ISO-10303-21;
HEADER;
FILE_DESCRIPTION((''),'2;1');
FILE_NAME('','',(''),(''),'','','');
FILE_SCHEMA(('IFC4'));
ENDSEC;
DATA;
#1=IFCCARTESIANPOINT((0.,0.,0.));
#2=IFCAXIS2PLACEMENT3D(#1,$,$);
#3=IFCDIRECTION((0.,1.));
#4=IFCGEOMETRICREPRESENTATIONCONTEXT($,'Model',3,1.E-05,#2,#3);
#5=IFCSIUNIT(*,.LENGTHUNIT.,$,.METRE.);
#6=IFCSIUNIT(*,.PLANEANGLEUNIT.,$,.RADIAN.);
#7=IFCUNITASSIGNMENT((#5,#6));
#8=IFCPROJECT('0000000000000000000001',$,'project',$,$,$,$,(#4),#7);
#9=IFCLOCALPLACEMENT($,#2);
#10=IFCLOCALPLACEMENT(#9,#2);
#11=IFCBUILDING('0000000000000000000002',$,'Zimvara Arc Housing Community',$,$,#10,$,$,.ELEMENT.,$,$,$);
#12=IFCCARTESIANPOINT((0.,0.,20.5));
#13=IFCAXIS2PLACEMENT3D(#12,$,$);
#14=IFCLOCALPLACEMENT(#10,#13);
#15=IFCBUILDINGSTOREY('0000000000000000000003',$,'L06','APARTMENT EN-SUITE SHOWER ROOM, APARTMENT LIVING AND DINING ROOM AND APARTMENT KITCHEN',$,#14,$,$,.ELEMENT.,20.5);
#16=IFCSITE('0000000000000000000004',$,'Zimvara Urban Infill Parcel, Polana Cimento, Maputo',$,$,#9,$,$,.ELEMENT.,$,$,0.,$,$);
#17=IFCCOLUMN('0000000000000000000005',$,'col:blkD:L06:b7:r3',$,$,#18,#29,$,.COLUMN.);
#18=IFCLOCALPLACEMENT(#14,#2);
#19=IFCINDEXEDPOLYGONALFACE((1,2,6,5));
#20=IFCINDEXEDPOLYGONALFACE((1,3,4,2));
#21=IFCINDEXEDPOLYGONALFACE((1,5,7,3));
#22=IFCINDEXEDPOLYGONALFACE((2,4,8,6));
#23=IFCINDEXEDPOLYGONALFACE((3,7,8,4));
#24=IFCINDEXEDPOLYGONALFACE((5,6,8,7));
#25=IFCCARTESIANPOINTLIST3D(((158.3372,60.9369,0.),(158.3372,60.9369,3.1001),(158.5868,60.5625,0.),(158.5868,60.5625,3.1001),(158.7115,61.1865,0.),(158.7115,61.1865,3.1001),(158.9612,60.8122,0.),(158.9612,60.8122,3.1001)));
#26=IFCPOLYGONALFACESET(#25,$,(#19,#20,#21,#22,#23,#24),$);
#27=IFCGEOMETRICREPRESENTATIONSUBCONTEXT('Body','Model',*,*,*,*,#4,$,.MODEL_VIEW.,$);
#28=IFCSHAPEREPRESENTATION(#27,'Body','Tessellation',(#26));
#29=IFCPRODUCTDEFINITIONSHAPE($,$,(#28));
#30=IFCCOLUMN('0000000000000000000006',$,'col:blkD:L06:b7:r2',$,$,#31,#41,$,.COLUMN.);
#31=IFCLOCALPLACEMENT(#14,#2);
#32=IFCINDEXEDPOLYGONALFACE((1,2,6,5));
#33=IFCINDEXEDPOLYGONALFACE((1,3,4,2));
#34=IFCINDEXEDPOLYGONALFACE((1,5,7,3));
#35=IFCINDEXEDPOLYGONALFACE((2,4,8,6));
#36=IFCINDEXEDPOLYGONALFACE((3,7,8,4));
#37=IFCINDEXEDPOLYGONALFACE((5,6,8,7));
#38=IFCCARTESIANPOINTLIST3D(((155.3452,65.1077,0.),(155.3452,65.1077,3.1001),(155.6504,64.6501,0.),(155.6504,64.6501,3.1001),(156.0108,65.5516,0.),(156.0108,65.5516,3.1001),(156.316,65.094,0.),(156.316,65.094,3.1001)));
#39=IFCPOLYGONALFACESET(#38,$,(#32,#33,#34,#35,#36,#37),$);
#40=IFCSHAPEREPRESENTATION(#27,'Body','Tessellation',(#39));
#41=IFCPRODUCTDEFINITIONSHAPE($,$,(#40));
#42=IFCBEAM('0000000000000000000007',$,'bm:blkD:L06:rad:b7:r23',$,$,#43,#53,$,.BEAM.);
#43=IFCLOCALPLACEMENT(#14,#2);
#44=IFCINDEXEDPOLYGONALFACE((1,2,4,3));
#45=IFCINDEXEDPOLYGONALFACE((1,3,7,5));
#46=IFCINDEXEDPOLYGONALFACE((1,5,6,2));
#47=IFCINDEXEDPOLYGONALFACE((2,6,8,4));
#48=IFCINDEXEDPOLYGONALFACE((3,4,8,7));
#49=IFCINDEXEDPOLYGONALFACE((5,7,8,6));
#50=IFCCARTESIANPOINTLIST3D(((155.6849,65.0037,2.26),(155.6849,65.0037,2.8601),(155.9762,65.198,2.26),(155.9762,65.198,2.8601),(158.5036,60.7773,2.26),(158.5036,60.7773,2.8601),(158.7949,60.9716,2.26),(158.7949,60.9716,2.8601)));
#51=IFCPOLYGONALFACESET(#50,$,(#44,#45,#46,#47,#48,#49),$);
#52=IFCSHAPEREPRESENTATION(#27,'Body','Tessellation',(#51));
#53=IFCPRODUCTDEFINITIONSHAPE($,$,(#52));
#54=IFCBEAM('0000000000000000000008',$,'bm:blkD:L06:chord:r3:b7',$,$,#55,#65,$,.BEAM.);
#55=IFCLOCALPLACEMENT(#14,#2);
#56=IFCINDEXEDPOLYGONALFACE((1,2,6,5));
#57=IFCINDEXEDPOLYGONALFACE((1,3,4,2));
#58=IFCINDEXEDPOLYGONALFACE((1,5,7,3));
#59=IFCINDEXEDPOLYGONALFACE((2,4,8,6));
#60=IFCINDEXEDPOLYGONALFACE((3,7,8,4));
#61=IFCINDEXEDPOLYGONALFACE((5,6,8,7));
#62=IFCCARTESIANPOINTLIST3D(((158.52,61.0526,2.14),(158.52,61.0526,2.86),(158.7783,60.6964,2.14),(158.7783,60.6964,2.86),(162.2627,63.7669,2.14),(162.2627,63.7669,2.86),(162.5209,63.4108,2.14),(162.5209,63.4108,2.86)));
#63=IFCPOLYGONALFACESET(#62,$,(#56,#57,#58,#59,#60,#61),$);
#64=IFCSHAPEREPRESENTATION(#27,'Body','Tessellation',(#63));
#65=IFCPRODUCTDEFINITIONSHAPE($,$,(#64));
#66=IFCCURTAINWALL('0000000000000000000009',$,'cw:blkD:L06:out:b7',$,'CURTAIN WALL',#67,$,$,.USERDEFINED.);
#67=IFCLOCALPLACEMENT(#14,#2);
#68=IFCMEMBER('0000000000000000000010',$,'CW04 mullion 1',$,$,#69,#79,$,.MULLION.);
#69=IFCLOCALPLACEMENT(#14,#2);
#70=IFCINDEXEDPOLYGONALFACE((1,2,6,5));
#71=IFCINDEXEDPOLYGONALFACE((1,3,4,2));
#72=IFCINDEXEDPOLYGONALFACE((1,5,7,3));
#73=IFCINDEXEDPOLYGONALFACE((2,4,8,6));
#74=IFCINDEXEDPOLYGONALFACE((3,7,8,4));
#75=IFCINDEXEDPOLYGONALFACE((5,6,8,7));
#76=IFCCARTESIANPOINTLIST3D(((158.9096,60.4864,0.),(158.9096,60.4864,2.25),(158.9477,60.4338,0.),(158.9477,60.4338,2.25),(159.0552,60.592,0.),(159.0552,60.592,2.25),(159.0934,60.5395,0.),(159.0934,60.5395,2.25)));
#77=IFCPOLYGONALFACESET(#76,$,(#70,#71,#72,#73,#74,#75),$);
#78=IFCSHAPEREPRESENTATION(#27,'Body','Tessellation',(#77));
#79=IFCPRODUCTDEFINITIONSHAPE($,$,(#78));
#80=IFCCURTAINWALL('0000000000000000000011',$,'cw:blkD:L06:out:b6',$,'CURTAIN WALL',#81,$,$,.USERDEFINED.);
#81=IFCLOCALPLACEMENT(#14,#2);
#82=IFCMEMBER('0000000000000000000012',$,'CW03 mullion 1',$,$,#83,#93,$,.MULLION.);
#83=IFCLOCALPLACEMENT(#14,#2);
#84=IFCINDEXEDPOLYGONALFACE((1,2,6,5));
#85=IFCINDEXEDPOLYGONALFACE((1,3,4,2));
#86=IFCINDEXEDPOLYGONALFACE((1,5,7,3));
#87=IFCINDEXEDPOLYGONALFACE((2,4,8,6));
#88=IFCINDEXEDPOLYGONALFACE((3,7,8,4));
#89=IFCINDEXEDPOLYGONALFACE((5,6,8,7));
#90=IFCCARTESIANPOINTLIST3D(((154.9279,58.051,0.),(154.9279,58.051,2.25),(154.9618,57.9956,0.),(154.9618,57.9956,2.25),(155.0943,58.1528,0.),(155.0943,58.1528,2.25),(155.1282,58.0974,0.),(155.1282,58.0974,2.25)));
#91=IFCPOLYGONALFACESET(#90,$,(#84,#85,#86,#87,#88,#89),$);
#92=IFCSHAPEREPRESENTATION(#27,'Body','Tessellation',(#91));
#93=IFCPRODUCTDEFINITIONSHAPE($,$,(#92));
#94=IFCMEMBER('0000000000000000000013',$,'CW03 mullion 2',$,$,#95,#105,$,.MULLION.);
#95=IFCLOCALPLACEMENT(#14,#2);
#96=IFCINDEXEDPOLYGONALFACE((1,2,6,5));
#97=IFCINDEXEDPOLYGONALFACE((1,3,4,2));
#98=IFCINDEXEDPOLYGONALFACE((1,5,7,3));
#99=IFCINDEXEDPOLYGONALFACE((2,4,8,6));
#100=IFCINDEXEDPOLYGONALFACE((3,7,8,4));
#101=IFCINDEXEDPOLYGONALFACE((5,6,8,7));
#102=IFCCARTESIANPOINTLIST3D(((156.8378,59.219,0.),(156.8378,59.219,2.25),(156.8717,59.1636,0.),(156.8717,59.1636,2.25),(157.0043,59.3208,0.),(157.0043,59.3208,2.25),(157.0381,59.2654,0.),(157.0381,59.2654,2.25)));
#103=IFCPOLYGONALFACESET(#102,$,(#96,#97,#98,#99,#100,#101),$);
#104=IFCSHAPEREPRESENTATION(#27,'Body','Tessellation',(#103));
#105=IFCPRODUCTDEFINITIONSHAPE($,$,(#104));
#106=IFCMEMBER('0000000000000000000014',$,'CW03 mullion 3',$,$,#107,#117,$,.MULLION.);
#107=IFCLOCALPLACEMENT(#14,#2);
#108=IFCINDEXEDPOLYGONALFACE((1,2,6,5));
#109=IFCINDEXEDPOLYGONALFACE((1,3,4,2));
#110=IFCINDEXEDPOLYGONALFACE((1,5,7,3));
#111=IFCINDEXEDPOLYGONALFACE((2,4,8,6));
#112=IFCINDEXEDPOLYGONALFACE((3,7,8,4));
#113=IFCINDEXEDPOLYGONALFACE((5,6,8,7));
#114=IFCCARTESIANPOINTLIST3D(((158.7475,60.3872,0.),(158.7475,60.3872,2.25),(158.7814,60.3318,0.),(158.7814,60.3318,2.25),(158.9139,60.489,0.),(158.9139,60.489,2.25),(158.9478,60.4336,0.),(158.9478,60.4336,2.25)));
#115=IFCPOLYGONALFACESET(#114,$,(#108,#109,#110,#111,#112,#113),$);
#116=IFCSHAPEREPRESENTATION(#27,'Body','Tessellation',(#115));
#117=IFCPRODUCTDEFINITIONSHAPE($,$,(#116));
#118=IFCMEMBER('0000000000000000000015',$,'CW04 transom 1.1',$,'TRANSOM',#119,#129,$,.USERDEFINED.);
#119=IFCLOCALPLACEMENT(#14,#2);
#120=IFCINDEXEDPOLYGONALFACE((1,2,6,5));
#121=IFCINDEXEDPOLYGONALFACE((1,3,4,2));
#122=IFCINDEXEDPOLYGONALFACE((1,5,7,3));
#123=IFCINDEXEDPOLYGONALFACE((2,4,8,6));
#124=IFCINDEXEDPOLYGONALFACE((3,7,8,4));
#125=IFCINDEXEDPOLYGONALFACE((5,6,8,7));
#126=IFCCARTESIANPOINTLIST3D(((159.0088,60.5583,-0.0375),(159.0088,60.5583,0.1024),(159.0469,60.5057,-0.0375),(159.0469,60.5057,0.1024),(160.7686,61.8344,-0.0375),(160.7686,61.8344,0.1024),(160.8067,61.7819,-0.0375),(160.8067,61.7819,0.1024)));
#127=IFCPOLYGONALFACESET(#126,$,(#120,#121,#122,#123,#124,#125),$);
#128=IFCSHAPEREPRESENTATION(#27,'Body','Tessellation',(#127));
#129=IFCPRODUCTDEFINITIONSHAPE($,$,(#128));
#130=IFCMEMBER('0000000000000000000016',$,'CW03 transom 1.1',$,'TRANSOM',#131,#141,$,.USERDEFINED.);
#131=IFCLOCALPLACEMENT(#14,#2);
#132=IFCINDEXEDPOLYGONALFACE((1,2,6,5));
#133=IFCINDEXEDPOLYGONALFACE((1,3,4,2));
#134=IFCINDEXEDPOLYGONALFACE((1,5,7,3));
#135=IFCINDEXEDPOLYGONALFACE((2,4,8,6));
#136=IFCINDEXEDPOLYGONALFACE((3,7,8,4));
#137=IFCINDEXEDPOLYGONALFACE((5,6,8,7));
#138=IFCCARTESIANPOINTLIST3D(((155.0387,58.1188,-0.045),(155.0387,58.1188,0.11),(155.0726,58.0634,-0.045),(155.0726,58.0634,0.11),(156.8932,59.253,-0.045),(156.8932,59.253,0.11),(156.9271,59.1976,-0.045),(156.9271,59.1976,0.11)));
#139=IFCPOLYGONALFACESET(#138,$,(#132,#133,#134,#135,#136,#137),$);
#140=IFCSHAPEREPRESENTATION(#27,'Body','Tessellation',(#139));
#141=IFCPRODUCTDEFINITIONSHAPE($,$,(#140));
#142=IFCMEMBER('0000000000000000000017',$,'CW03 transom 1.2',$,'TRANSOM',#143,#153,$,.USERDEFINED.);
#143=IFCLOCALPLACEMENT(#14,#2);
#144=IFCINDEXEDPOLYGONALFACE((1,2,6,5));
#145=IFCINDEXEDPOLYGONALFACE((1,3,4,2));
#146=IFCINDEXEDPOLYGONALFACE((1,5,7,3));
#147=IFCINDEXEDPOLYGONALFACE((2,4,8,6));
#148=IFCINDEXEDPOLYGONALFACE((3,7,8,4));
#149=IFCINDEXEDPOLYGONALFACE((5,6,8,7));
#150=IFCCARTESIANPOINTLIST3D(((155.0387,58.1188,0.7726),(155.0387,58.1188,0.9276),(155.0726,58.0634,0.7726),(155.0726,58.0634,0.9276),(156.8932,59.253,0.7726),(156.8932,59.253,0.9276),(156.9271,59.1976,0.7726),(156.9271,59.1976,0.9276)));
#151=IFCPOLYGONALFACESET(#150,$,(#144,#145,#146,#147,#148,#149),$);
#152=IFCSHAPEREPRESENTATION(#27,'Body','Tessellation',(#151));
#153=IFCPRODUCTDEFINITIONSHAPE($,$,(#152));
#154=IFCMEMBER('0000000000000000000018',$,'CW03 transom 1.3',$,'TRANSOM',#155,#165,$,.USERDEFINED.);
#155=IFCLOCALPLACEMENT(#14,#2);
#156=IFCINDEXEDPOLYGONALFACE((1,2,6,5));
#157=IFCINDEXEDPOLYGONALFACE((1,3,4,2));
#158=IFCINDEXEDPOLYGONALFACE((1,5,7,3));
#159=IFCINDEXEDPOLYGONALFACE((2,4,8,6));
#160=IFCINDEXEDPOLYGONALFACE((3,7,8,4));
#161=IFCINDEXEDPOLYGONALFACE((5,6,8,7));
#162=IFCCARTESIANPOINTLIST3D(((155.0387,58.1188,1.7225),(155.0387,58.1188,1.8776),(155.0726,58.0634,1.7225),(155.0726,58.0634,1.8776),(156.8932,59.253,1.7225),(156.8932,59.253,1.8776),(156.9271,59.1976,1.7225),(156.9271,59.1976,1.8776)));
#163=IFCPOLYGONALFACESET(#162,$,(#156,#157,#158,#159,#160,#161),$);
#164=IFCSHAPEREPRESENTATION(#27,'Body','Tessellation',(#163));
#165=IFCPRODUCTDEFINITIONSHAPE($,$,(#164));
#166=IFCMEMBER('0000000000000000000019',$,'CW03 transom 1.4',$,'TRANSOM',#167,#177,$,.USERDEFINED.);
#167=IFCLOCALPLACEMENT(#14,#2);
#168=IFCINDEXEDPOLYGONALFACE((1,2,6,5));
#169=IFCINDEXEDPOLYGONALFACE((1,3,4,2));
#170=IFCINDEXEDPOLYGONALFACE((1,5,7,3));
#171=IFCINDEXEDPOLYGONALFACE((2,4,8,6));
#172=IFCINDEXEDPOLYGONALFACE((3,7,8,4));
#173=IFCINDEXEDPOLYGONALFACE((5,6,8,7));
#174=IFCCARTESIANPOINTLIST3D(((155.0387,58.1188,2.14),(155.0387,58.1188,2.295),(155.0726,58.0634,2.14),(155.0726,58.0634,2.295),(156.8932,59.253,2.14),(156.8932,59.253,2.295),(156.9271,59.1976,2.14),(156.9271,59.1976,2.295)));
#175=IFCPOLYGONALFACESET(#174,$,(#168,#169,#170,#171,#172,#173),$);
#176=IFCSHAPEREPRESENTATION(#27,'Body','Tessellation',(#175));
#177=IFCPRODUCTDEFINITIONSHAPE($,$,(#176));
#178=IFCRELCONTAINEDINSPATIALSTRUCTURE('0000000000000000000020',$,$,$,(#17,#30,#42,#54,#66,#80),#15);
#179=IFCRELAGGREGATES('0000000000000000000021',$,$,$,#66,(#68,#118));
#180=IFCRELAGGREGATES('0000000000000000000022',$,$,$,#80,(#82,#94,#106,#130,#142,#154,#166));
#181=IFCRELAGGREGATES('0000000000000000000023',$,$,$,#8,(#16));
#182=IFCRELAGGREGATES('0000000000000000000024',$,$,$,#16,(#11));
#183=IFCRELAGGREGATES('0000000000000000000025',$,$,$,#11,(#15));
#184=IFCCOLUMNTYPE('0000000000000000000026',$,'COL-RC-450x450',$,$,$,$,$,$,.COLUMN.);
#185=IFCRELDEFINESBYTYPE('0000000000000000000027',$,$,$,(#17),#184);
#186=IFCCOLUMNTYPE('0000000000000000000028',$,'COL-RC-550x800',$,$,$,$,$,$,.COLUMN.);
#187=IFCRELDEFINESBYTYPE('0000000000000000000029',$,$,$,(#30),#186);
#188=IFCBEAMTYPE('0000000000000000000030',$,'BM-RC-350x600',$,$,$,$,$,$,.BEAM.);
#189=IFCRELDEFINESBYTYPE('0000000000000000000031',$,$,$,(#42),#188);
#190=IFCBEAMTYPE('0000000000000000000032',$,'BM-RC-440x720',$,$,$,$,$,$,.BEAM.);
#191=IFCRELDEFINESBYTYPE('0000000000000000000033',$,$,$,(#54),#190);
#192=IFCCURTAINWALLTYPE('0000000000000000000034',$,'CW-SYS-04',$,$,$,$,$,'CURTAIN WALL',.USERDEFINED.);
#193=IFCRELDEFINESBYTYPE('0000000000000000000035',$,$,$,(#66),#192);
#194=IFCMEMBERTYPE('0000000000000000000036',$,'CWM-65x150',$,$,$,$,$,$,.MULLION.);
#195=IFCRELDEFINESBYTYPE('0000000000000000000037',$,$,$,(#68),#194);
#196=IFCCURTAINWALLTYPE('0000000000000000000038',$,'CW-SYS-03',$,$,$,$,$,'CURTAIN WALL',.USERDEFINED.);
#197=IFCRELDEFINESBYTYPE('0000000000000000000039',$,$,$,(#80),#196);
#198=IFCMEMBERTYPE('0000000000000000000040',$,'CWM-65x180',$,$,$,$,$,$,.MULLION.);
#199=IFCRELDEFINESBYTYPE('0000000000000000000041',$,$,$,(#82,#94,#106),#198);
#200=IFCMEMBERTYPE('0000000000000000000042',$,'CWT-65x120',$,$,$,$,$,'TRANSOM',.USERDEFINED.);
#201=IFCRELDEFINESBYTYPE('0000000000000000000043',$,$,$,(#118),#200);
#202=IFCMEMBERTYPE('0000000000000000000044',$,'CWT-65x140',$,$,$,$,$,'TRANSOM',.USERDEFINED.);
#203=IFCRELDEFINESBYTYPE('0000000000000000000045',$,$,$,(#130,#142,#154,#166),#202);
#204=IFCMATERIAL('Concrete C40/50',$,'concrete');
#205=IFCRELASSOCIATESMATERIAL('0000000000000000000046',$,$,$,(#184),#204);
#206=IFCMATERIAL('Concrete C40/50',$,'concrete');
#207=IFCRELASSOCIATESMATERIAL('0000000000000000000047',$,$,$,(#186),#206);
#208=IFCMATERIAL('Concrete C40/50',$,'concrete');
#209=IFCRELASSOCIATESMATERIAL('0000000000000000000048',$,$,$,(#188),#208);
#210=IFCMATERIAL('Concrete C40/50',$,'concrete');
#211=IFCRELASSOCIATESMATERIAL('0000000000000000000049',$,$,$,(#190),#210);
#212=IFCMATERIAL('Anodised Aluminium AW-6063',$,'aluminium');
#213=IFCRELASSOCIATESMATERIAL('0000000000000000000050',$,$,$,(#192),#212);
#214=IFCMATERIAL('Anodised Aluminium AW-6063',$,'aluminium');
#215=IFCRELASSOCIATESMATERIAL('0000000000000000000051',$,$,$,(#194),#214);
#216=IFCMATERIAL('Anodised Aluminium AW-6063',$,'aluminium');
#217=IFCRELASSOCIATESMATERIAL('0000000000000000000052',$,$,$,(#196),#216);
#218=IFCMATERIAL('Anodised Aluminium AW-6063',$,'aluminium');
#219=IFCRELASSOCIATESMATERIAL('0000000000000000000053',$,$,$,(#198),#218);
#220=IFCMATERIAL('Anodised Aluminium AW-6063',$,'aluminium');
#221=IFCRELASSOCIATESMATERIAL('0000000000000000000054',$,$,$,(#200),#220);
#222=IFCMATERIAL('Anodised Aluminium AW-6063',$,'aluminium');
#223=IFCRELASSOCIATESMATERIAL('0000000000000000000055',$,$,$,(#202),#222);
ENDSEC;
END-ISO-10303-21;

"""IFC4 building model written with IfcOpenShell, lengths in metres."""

from ifc_helpers import new_model, si_unit, direction, frame, origin, origin_2d, place, context, subcontext, project, spatial, rectangle, extrude, material, material_profile, profile_set, type_object, element, aggregate, save


model = new_model("IFC4")

# Units and contexts
model_context = context("Model", 3, precision=1e-05, world=origin(), true_north=direction((0.0, 1.0)))
body_context = subcontext(model_context, "Body", "Model", "MODEL_VIEW")
ifc_project = project(units=[si_unit("LENGTHUNIT", "METRE"), si_unit("PLANEANGLEUNIT", "RADIAN")], contexts=[model_context])

# Site, building, storey
site_placement = place(None, origin())
site = spatial("IfcSite", under=ifc_project, at=site_placement, Name="Zimvara Urban Infill Parcel, Polana Cimento, Maputo", CompositionType="ELEMENT", RefElevation=0.0)
building_placement = place(site_placement, origin())
building = spatial("IfcBuilding", under=site, at=building_placement, Name="Zimvara Arc Housing Community", CompositionType="ELEMENT")
storey_placement = place(building_placement, frame((0.0, 0.0, 20.5)))
storey = spatial("IfcBuildingStorey", under=building, at=storey_placement, Name="L06", Description="APARTMENT EN-SUITE SHOWER ROOM, APARTMENT LIVING AND DINING ROOM AND APARTMENT KITCHEN", CompositionType="ELEMENT", Elevation=20.5)

# Columns
ifc_material_1 = material(Name="Concrete C40/50", Category="concrete")
ifc_material_profile_1 = material_profile(ifc_material_1, rectangle(XDim=0.45, YDim=0.45, at=origin_2d()), Name="RC 450x450")
ifc_profile_set_1 = profile_set([ifc_material_profile_1], Name="Concrete C40/50")
column_type_1 = type_object("IfcColumnType", Name="COL-RC-450x450", PredefinedType="COLUMN", material=ifc_profile_set_1)
column_1_placement = place(storey_placement, frame((158.6492, 60.8745, 0.0), z_axis=(0.0, 0.0, 1.0), x_axis=(0.554844, -0.831954, 0.0)))
element("IfcColumn", 1, at=column_1_placement, inside=storey, type_object=column_type_1, Name="col:blkD:L06:b7:r3", PredefinedType="COLUMN", context=body_context, shape_type="SweptSolid", body=[
    extrude(rectangle(XDim=0.45, YDim=0.45, at=origin_2d()), origin(), (0.0, 0.0, 1.0), 3.1001),
])
ifc_material_2 = material(Name="Concrete C40/50", Category="concrete")
ifc_material_profile_2 = material_profile(ifc_material_2, rectangle(XDim=0.55, YDim=0.8, at=origin_2d()), Name="RC 550x800")
ifc_profile_set_2 = profile_set([ifc_material_profile_2], Name="Concrete C40/50")
column_type_2 = type_object("IfcColumnType", Name="COL-RC-550x800", PredefinedType="COLUMN", material=ifc_profile_set_2)
column_2_placement = place(storey_placement, frame((155.8306, 65.1008, 0.0), z_axis=(0.0, 0.0, 1.0), x_axis=(0.554844, -0.831954, 0.0)))
element("IfcColumn", 2, at=column_2_placement, inside=storey, type_object=column_type_2, Name="col:blkD:L06:b7:r2", PredefinedType="COLUMN", context=body_context, shape_type="SweptSolid", body=[
    extrude(rectangle(XDim=0.55, YDim=0.8, at=origin_2d()), origin(), (0.0, 0.0, 1.0), 3.1001),
])

# Beams
ifc_material_3 = material(Name="Concrete C40/50", Category="concrete")
ifc_material_profile_3 = material_profile(ifc_material_3, rectangle(XDim=0.3501, YDim=0.6001, at=origin_2d()), Name="RC 350x600")
ifc_profile_set_3 = profile_set([ifc_material_profile_3], Name="Concrete C40/50")
beam_type_1 = type_object("IfcBeamType", Name="BM-RC-350x600", PredefinedType="BEAM", material=ifc_profile_set_3)
beam_1_placement = place(storey_placement, frame((155.8306, 65.1008, 2.5601), z_axis=(0.554844, -0.831954, 0.0), x_axis=(0.831954, 0.554844, 0.0)))
element("IfcBeam", 3, at=beam_1_placement, inside=storey, type_object=beam_type_1, Name="bm:blkD:L06:rad:b7:r23", PredefinedType="BEAM", context=body_context, shape_type="SweptSolid", body=[
    extrude(rectangle(XDim=0.3501, YDim=0.6001, at=origin_2d()), origin(), (0.0, 0.0, 1.0), 5.0801),
])
ifc_material_4 = material(Name="Concrete C40/50", Category="concrete")
ifc_material_profile_4 = material_profile(ifc_material_4, rectangle(XDim=0.4399, YDim=0.72, at=origin_2d()), Name="RC 440x720")
ifc_profile_set_4 = profile_set([ifc_material_profile_4], Name="Concrete C40/50")
beam_type_2 = type_object("IfcBeamType", Name="BM-RC-440x720", PredefinedType="BEAM", material=ifc_profile_set_4)
beam_2_placement = place(storey_placement, frame((158.6492, 60.8745, 2.5), z_axis=(0.809516, 0.587097, 0.0), x_axis=(-0.587097, 0.809516, 0.0)))
element("IfcBeam", 4, at=beam_2_placement, inside=storey, type_object=beam_type_2, Name="bm:blkD:L06:chord:r3:b7", PredefinedType="BEAM", context=body_context, shape_type="SweptSolid", body=[
    extrude(rectangle(XDim=0.4399, YDim=0.72, at=origin_2d()), origin(), (0.0, 0.0, 1.0), 4.6233),
])

# Curtain wall, member
ifc_material_5 = material(Name="Anodised Aluminium AW-6063", Category="aluminium")
curtain_wall_type_1 = type_object("IfcCurtainWallType", Name="CW-SYS-04", ElementType="CURTAIN WALL", PredefinedType="USERDEFINED", material=ifc_material_5)
curtain_wall_1_placement = place(storey_placement, origin())
curtain_wall_1 = element("IfcCurtainWall", 5, at=curtain_wall_1_placement, inside=storey, type_object=curtain_wall_type_1, Name="cw:blkD:L06:out:b7", ObjectType="CURTAIN WALL", PredefinedType="USERDEFINED")
ifc_material_6 = material(Name="Anodised Aluminium AW-6063", Category="aluminium")
ifc_material_profile_5 = material_profile(ifc_material_6, rectangle(XDim=0.0649, YDim=0.1799, at=origin_2d()), Name="ALU 65x180")
ifc_profile_set_5 = profile_set([ifc_material_profile_5], Name="Anodised Aluminium AW-6063")
member_type_1 = type_object("IfcMemberType", Name="CWM-65x150", PredefinedType="MULLION", material=ifc_profile_set_5)
member_1_placement = place(storey_placement, frame((159.0015, 60.5129, 0.0), z_axis=(0.0, 0.0, 1.0), x_axis=(-0.587078, 0.80953, 0.0)))
member_1 = element("IfcMember", 6, at=member_1_placement, type_object=member_type_1, Name="CW04 mullion 1", PredefinedType="MULLION", context=body_context, shape_type="SweptSolid", body=[
    extrude(rectangle(XDim=0.0649, YDim=0.1799, at=origin_2d()), origin(), (0.0, 0.0, 1.0), 2.25),
])

# Curtain wall, members
ifc_material_7 = material(Name="Anodised Aluminium AW-6063", Category="aluminium")
curtain_wall_type_2 = type_object("IfcCurtainWallType", Name="CW-SYS-03", ElementType="CURTAIN WALL", PredefinedType="USERDEFINED", material=ifc_material_7)
curtain_wall_2_placement = place(storey_placement, origin())
curtain_wall_2 = element("IfcCurtainWall", 7, at=curtain_wall_2_placement, inside=storey, type_object=curtain_wall_type_2, Name="cw:blkD:L06:out:b6", ObjectType="CURTAIN WALL", PredefinedType="USERDEFINED")
ifc_material_8 = material(Name="Anodised Aluminium AW-6063", Category="aluminium")
ifc_material_profile_6 = material_profile(ifc_material_8, rectangle(XDim=0.0649, YDim=0.1951, at=origin_2d()), Name="ALU 65x195")
ifc_profile_set_6 = profile_set([ifc_material_profile_6], Name="Anodised Aluminium AW-6063")
member_type_2 = type_object("IfcMemberType", Name="CWM-65x180", PredefinedType="MULLION", material=ifc_profile_set_6)
member_2_placement = place(storey_placement, frame((155.0281, 58.0742, 0.0), z_axis=(0.0, 0.0, 1.0), x_axis=(-0.521754, 0.853096, 0.0)))
member_2 = element("IfcMember", 8, at=member_2_placement, type_object=member_type_2, Name="CW03 mullion 1", PredefinedType="MULLION", context=body_context, shape_type="SweptSolid", body=[
    extrude(rectangle(XDim=0.0649, YDim=0.1951, at=origin_2d()), origin(), (0.0, 0.0, 1.0), 2.25),
])
member_3_placement = place(storey_placement, frame((156.938, 59.2422, 0.0), z_axis=(0.0, 0.0, 1.0), x_axis=(-0.521754, 0.853096, 0.0)))
member_3 = element("IfcMember", 9, at=member_3_placement, type_object=member_type_2, Name="CW03 mullion 2", PredefinedType="MULLION", context=body_context, shape_type="SweptSolid", body=[
    extrude(rectangle(XDim=0.0649, YDim=0.1951, at=origin_2d()), origin(), (0.0, 0.0, 1.0), 2.25),
])
member_4_placement = place(storey_placement, frame((158.8477, 60.4104, 0.0), z_axis=(0.0, 0.0, 1.0), x_axis=(-0.521754, 0.853096, 0.0)))
member_4 = element("IfcMember", 10, at=member_4_placement, type_object=member_type_2, Name="CW03 mullion 3", PredefinedType="MULLION", context=body_context, shape_type="SweptSolid", body=[
    extrude(rectangle(XDim=0.0649, YDim=0.1951, at=origin_2d()), origin(), (0.0, 0.0, 1.0), 2.25),
])

# Members
ifc_material_9 = material(Name="Anodised Aluminium AW-6063", Category="aluminium")
ifc_material_profile_7 = material_profile(ifc_material_9, rectangle(XDim=0.0649, YDim=0.1399, at=origin_2d()), Name="ALU 65x140")
ifc_profile_set_7 = profile_set([ifc_material_profile_7], Name="Anodised Aluminium AW-6063")
member_type_3 = type_object("IfcMemberType", Name="CWT-65x120", ElementType="TRANSOM", PredefinedType="USERDEFINED", material=ifc_profile_set_7)
member_5_placement = place(storey_placement, frame((159.0278, 60.532, 0.0325), z_axis=(0.809546, 0.587056, 0.0), x_axis=(-0.587056, 0.809546, 0.0)))
member_5 = element("IfcMember", 11, at=member_5_placement, type_object=member_type_3, Name="CW04 transom 1.1", ObjectType="TRANSOM", PredefinedType="USERDEFINED", context=body_context, shape_type="SweptSolid", body=[
    extrude(rectangle(XDim=0.0649, YDim=0.1399, at=origin_2d()), origin(), (0.0, 0.0, 1.0), 2.1738),
])
aggregate(curtain_wall_1, [member_1, member_5])
ifc_material_10 = material(Name="Anodised Aluminium AW-6063", Category="aluminium")
ifc_material_profile_8 = material_profile(ifc_material_10, rectangle(XDim=0.0649, YDim=0.155, at=origin_2d()), Name="ALU 65x155")
ifc_profile_set_8 = profile_set([ifc_material_profile_8], Name="Anodised Aluminium AW-6063")
member_type_4 = type_object("IfcMemberType", Name="CWT-65x140", ElementType="TRANSOM", PredefinedType="USERDEFINED", material=ifc_profile_set_8)
member_6_placement = place(storey_placement, frame((155.0557, 58.0911, 0.0325), z_axis=(0.853082, 0.521777, 0.0), x_axis=(-0.521777, 0.853082, 0.0)))
member_6 = element("IfcMember", 12, at=member_6_placement, type_object=member_type_4, Name="CW03 transom 1.1", ObjectType="TRANSOM", PredefinedType="USERDEFINED", context=body_context, shape_type="SweptSolid", body=[
    extrude(rectangle(XDim=0.0649, YDim=0.155, at=origin_2d()), origin(), (0.0, 0.0, 1.0), 2.1738),
])
member_7_placement = place(storey_placement, frame((155.0557, 58.0911, 0.8501), z_axis=(0.853082, 0.521777, 0.0), x_axis=(-0.521777, 0.853082, 0.0)))
member_7 = element("IfcMember", 13, at=member_7_placement, type_object=member_type_4, Name="CW03 transom 1.2", ObjectType="TRANSOM", PredefinedType="USERDEFINED", context=body_context, shape_type="SweptSolid", body=[
    extrude(rectangle(XDim=0.0649, YDim=0.155, at=origin_2d()), origin(), (0.0, 0.0, 1.0), 2.1738),
])
member_8_placement = place(storey_placement, frame((155.0557, 58.0911, 1.8), z_axis=(0.853082, 0.521777, 0.0), x_axis=(-0.521777, 0.853082, 0.0)))
member_8 = element("IfcMember", 14, at=member_8_placement, type_object=member_type_4, Name="CW03 transom 1.3", ObjectType="TRANSOM", PredefinedType="USERDEFINED", context=body_context, shape_type="SweptSolid", body=[
    extrude(rectangle(XDim=0.0649, YDim=0.155, at=origin_2d()), origin(), (0.0, 0.0, 1.0), 2.1738),
])
member_9_placement = place(storey_placement, frame((155.0557, 58.0911, 2.2175), z_axis=(0.853082, 0.521777, 0.0), x_axis=(-0.521777, 0.853082, 0.0)))
member_9 = element("IfcMember", 15, at=member_9_placement, type_object=member_type_4, Name="CW03 transom 1.4", ObjectType="TRANSOM", PredefinedType="USERDEFINED", context=body_context, shape_type="SweptSolid", body=[
    extrude(rectangle(XDim=0.0649, YDim=0.155, at=origin_2d()), origin(), (0.0, 0.0, 1.0), 2.1738),
])

aggregate(curtain_wall_2, [member_2, member_3, member_4, member_6, member_7, member_8, member_9])

save(model, "model.ifc")
